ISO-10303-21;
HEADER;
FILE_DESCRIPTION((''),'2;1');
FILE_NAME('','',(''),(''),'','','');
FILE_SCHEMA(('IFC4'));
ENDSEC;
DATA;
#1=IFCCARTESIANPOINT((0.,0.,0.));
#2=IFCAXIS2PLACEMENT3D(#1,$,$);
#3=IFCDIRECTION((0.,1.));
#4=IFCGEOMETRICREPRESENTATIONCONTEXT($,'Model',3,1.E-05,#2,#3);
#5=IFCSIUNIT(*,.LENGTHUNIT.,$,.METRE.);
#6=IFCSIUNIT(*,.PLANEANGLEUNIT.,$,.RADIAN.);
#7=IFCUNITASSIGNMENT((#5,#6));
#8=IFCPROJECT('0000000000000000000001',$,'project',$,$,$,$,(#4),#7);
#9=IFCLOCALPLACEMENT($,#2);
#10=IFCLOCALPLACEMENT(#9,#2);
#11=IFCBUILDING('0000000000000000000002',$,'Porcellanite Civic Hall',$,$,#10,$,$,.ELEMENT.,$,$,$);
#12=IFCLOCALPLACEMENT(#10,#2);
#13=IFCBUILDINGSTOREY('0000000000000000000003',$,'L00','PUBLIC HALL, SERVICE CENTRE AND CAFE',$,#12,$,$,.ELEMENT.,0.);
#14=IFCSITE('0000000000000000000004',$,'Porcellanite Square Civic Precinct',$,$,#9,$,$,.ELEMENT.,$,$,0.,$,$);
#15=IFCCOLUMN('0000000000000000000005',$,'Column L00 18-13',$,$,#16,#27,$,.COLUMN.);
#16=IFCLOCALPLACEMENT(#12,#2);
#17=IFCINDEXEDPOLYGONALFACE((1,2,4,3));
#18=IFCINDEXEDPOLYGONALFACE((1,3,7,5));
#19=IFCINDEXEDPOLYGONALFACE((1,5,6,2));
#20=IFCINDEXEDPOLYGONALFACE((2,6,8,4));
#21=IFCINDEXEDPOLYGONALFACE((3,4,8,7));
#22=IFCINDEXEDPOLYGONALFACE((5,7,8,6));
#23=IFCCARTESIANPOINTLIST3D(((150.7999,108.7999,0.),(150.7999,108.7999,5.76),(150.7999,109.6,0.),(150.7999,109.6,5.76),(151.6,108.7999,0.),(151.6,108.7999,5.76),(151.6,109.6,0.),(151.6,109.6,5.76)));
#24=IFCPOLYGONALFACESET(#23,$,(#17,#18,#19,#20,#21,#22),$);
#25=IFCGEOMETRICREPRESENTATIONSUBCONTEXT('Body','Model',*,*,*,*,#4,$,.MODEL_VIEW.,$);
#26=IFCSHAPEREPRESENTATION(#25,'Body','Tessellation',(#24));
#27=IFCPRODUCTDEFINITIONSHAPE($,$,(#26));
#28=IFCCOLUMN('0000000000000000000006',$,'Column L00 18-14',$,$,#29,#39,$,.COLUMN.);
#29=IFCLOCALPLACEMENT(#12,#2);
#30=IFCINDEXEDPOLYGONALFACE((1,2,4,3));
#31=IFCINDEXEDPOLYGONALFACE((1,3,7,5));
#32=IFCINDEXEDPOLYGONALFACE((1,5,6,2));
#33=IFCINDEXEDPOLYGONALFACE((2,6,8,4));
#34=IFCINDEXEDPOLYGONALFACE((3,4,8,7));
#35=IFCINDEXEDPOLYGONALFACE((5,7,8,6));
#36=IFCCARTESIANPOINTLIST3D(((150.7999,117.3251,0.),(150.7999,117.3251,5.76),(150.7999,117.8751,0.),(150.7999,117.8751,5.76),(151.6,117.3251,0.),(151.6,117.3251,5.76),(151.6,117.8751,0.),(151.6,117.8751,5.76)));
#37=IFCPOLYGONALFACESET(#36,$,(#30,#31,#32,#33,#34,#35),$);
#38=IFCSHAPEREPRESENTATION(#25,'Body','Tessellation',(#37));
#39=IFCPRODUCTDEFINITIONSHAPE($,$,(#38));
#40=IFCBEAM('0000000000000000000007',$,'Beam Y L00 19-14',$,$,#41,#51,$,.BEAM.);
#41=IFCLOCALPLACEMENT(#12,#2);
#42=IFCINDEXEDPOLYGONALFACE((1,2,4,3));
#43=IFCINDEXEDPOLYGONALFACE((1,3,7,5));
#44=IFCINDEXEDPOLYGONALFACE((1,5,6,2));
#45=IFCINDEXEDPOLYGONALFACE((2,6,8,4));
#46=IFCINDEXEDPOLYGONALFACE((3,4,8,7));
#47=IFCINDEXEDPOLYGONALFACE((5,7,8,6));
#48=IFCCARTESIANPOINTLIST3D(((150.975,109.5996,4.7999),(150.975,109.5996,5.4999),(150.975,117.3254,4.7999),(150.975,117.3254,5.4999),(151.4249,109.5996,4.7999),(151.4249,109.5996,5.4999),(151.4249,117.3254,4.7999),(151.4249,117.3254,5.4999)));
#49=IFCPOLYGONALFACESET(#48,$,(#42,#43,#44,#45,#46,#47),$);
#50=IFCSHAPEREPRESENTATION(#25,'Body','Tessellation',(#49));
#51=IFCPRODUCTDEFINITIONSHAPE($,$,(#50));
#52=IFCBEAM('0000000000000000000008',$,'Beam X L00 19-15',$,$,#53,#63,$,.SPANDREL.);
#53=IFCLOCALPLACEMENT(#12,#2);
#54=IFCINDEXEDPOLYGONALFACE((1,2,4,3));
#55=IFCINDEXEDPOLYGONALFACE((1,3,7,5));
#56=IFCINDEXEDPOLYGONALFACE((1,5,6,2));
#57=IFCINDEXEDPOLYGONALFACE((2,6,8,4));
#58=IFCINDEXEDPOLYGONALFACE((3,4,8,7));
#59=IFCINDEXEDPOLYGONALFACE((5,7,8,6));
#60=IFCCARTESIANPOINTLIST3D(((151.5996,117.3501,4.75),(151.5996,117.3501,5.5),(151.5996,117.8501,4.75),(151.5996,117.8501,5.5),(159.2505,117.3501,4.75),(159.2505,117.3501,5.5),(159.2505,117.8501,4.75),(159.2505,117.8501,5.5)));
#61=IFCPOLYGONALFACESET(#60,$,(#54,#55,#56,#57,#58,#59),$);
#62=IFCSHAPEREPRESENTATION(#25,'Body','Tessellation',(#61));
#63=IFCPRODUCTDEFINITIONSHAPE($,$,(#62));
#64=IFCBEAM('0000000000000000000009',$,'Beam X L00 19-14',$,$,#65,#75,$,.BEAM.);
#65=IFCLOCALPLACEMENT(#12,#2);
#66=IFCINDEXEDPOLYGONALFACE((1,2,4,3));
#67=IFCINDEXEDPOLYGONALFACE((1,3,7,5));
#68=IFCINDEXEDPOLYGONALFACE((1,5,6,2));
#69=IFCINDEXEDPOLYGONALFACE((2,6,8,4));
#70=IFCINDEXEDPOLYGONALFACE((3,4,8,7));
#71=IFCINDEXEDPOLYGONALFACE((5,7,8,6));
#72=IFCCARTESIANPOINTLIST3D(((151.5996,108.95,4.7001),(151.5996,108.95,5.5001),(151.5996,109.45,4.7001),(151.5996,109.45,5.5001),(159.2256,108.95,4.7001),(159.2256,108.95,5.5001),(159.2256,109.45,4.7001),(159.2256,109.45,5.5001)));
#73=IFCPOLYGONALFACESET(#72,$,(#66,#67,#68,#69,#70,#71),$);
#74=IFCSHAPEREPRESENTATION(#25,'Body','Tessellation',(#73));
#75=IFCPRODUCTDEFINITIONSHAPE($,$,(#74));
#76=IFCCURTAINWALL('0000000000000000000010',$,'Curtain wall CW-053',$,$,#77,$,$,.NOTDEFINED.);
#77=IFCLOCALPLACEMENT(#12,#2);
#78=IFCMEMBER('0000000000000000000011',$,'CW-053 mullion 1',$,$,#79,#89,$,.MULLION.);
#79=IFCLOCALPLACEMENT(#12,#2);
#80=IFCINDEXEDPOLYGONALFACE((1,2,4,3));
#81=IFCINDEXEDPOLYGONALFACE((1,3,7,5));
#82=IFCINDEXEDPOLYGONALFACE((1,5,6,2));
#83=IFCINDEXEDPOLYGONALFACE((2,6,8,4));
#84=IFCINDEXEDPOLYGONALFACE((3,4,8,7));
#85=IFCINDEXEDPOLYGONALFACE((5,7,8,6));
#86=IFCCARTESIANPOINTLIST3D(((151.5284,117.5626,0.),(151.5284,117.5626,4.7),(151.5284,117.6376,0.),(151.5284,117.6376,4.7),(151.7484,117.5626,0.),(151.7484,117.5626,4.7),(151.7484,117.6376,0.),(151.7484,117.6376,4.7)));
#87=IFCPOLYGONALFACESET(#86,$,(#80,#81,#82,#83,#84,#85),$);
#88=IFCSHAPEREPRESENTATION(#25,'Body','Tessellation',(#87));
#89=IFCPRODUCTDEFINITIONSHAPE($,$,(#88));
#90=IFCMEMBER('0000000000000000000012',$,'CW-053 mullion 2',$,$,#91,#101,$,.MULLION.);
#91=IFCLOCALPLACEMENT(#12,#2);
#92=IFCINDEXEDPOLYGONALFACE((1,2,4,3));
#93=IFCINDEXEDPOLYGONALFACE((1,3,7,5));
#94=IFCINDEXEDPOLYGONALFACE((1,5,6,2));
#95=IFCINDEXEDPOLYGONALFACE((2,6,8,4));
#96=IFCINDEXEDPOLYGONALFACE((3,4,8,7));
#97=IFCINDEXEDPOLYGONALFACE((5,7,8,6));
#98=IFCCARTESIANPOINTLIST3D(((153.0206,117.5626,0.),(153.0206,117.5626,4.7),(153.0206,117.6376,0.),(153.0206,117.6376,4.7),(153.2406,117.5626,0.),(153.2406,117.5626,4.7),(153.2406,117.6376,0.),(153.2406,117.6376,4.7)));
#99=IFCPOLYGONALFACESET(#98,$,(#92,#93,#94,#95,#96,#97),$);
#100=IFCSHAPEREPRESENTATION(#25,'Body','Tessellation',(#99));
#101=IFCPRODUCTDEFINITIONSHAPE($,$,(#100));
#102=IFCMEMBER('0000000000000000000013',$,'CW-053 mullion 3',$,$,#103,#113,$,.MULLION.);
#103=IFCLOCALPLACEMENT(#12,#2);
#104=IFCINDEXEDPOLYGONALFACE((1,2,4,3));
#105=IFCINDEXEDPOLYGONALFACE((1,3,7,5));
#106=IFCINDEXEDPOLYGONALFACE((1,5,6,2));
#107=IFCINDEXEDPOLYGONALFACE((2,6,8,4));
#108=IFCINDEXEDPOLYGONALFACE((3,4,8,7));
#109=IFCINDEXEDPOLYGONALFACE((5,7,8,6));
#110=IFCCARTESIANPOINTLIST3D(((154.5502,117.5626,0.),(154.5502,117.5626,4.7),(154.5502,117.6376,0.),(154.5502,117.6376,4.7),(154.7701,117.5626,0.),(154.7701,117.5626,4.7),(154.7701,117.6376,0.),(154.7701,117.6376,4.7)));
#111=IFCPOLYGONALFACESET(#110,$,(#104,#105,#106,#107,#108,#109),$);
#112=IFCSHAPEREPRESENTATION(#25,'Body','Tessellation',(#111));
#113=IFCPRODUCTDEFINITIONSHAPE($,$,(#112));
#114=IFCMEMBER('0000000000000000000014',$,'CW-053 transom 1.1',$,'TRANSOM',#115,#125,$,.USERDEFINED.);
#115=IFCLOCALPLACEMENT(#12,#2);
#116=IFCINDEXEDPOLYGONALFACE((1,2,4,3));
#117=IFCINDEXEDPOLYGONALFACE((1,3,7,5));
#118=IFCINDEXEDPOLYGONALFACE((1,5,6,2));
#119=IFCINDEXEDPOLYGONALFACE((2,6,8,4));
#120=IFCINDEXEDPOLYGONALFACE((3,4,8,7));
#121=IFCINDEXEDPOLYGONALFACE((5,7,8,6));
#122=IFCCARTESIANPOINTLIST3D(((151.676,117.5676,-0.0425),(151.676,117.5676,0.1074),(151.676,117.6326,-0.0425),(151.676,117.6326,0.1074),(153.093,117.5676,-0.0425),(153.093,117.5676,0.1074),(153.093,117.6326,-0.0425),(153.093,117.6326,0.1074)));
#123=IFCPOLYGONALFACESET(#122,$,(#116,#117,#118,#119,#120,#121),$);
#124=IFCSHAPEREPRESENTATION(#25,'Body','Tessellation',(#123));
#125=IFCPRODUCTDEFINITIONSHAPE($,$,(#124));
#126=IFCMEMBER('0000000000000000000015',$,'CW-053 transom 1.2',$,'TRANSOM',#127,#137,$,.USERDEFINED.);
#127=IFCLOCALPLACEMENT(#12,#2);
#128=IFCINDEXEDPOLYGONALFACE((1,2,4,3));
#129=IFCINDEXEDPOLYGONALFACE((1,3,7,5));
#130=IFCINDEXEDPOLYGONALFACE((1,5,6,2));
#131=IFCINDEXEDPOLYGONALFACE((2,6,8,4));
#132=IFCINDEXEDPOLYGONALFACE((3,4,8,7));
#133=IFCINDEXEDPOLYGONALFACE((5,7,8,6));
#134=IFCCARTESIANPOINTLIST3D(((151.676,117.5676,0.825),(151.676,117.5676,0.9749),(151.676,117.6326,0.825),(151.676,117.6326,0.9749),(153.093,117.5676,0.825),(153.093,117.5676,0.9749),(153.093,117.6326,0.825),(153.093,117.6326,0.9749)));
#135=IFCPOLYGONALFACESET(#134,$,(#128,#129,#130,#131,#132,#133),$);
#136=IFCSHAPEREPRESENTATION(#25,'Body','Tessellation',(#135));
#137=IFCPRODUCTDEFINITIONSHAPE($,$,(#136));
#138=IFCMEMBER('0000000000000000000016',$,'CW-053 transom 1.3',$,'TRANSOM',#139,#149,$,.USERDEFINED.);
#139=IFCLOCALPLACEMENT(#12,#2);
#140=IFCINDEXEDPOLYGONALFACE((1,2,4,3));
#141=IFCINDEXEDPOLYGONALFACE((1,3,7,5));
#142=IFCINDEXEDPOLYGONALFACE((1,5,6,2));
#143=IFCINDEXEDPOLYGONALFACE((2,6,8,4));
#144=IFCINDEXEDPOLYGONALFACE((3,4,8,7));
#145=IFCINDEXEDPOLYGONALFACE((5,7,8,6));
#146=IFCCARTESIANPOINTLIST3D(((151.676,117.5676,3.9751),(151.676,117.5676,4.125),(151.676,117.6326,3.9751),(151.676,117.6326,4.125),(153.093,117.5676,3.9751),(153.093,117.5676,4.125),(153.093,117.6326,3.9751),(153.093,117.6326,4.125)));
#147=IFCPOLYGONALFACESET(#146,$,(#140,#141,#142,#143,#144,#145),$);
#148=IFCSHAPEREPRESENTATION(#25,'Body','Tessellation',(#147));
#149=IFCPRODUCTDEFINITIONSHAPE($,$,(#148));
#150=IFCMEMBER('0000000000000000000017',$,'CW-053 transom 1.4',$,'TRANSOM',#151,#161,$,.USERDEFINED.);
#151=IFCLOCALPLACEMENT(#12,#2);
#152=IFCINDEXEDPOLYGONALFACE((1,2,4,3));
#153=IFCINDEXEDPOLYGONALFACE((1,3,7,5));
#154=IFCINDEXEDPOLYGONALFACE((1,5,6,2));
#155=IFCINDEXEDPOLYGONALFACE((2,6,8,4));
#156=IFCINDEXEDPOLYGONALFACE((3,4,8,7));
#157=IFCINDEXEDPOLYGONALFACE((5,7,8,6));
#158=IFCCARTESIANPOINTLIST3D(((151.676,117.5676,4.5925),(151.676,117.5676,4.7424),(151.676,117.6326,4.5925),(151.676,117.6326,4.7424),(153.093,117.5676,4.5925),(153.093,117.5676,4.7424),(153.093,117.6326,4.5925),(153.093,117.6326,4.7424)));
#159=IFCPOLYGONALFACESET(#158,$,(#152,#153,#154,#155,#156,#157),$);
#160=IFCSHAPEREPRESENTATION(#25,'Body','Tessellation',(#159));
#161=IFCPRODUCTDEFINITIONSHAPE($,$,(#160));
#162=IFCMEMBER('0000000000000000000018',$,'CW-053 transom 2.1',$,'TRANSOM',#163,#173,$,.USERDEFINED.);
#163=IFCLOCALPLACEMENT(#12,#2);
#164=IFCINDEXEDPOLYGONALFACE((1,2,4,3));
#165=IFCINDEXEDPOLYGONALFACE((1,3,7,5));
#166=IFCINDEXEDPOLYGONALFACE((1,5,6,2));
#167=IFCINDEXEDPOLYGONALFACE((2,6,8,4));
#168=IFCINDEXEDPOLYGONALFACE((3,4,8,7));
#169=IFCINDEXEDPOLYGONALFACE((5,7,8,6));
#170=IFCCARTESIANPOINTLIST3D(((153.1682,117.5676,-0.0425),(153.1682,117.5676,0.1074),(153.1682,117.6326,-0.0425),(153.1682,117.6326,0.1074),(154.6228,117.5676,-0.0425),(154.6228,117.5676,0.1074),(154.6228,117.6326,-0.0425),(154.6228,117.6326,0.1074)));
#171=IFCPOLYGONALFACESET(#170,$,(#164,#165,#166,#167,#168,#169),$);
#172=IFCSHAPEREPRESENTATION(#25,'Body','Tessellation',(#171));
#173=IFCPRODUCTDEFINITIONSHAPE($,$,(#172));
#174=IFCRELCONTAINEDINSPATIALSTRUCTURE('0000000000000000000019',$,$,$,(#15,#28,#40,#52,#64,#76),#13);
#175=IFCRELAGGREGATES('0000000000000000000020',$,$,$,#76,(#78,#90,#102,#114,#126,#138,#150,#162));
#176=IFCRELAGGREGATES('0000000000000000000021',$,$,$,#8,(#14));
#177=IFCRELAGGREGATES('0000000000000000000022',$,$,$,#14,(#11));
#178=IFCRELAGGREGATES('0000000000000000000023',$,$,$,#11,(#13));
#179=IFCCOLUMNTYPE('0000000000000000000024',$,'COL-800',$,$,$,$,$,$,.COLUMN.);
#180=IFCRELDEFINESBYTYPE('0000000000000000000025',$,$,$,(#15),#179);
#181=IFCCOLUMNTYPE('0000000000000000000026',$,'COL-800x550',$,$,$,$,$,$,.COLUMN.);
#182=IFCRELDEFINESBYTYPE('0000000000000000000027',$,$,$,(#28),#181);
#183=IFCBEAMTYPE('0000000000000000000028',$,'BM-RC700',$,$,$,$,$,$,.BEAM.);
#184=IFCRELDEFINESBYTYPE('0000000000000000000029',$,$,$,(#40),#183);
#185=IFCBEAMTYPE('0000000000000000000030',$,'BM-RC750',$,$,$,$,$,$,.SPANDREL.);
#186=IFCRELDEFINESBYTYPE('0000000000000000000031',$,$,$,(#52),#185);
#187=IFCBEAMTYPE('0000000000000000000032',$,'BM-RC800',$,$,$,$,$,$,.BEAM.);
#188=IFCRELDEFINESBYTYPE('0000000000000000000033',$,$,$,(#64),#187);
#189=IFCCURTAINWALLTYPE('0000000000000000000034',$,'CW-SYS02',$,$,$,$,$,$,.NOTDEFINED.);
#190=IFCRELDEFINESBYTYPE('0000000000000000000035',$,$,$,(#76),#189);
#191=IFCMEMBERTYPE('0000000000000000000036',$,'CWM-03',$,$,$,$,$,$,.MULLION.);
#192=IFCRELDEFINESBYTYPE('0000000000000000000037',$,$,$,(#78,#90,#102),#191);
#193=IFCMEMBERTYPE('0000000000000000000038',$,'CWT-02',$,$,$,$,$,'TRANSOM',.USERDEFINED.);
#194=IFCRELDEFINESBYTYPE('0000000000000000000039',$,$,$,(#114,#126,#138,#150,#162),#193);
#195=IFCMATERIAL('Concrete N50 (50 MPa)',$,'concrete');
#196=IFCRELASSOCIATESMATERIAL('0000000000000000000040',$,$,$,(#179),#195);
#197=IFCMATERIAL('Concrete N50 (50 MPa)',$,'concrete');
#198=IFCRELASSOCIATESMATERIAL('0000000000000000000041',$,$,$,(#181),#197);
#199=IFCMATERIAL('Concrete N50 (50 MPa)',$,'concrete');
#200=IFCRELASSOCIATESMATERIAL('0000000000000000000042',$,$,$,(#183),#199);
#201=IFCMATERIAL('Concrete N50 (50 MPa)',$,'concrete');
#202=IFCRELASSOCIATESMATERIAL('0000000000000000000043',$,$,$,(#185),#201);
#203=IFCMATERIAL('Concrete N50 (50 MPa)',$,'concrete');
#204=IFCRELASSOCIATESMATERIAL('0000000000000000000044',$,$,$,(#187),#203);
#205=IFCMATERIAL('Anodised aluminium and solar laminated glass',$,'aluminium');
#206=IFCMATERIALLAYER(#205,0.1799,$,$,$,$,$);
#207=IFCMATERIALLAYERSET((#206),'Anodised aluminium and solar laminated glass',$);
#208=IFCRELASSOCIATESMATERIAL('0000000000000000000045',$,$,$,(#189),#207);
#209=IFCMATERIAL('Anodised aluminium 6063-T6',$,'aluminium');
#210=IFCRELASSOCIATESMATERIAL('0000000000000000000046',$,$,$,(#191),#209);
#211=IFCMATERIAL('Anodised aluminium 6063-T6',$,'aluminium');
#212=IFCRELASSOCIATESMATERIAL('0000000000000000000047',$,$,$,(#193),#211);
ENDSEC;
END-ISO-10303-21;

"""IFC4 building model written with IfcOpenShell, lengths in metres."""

from ifc_helpers import new_model, si_unit, direction, frame, origin, origin_2d, place, context, subcontext, project, spatial, rectangle, extrude, material, layer, layer_set, material_profile, profile_set, type_object, element, aggregate, save


model = new_model("IFC4")

# Units and contexts
model_context = context("Model", 3, precision=1e-05, world=origin(), true_north=direction((0.0, 1.0)))
body_context = subcontext(model_context, "Body", "Model", "MODEL_VIEW")
ifc_project = project(units=[si_unit("LENGTHUNIT", "METRE"), si_unit("PLANEANGLEUNIT", "RADIAN")], contexts=[model_context])

# Site, building, storey
site_placement = place(None, origin())
site = spatial("IfcSite", under=ifc_project, at=site_placement, Name="Porcellanite Square Civic Precinct", CompositionType="ELEMENT", RefElevation=0.0)
building_placement = place(site_placement, origin())
building = spatial("IfcBuilding", under=site, at=building_placement, Name="Porcellanite Civic Hall", CompositionType="ELEMENT")
storey_placement = place(building_placement, origin())
storey = spatial("IfcBuildingStorey", under=building, at=storey_placement, Name="L00", Description="PUBLIC HALL, SERVICE CENTRE AND CAFE", CompositionType="ELEMENT", Elevation=0.0)

# Columns
ifc_material_1 = material(Name="Concrete N50 (50 MPa)", Category="concrete")
ifc_material_profile_1 = material_profile(ifc_material_1, rectangle(XDim=0.8, YDim=0.8, at=origin_2d()), Name="RC-800x800")
ifc_profile_set_1 = profile_set([ifc_material_profile_1], Name="Concrete N50 (50 MPa)")
column_type_1 = type_object("IfcColumnType", Name="COL-800", PredefinedType="COLUMN", material=ifc_profile_set_1)
column_1_placement = place(storey_placement, frame((151.2, 109.2, 0.0), z_axis=(0.0, 0.0, 1.0), x_axis=(1.0, 0.0, 0.0)))
element("IfcColumn", 1, at=column_1_placement, inside=storey, type_object=column_type_1, Name="Column L00 18-13", PredefinedType="COLUMN", context=body_context, shape_type="SweptSolid", body=[
    extrude(rectangle(XDim=0.8, YDim=0.8, at=origin_2d()), origin(), (0.0, 0.0, 1.0), 5.76),
])
ifc_material_2 = material(Name="Concrete N50 (50 MPa)", Category="concrete")
ifc_material_profile_2 = material_profile(ifc_material_2, rectangle(XDim=0.8, YDim=0.55, at=origin_2d()), Name="RC-800x550")
ifc_profile_set_2 = profile_set([ifc_material_profile_2], Name="Concrete N50 (50 MPa)")
column_type_2 = type_object("IfcColumnType", Name="COL-800x550", PredefinedType="COLUMN", material=ifc_profile_set_2)
column_2_placement = place(storey_placement, frame((151.2, 117.6001, 0.0), z_axis=(0.0, 0.0, 1.0), x_axis=(1.0, 0.0, 0.0)))
element("IfcColumn", 2, at=column_2_placement, inside=storey, type_object=column_type_2, Name="Column L00 18-14", PredefinedType="COLUMN", context=body_context, shape_type="SweptSolid", body=[
    extrude(rectangle(XDim=0.8, YDim=0.55, at=origin_2d()), origin(), (0.0, 0.0, 1.0), 5.76),
])

# Beams
ifc_material_3 = material(Name="Concrete N50 (50 MPa)", Category="concrete")
ifc_material_profile_3 = material_profile(ifc_material_3, rectangle(XDim=0.45, YDim=0.7, at=origin_2d()), Name="RC-450x700")
ifc_profile_set_3 = profile_set([ifc_material_profile_3], Name="Concrete N50 (50 MPa)")
beam_type_1 = type_object("IfcBeamType", Name="BM-RC700", PredefinedType="BEAM", material=ifc_profile_set_3)
beam_1_placement = place(storey_placement, frame((151.2, 109.5996, 5.1499), z_axis=(0.0, 1.0, 0.0), x_axis=(-1.0, 0.0, 0.0)))
element("IfcBeam", 3, at=beam_1_placement, inside=storey, type_object=beam_type_1, Name="Beam Y L00 19-14", PredefinedType="BEAM", context=body_context, shape_type="SweptSolid", body=[
    extrude(rectangle(XDim=0.45, YDim=0.7, at=origin_2d()), origin(), (0.0, 0.0, 1.0), 7.7258),
])
ifc_material_4 = material(Name="Concrete N50 (50 MPa)", Category="concrete")
ifc_material_profile_4 = material_profile(ifc_material_4, rectangle(XDim=0.5, YDim=0.75, at=origin_2d()), Name="RC-500x750")
ifc_profile_set_4 = profile_set([ifc_material_profile_4], Name="Concrete N50 (50 MPa)")
beam_type_2 = type_object("IfcBeamType", Name="BM-RC750", PredefinedType="SPANDREL", material=ifc_profile_set_4)
beam_2_placement = place(storey_placement, frame((151.5996, 117.6001, 5.125), z_axis=(1.0, 0.0, 0.0), x_axis=(0.0, 1.0, 0.0)))
element("IfcBeam", 4, at=beam_2_placement, inside=storey, type_object=beam_type_2, Name="Beam X L00 19-15", PredefinedType="SPANDREL", context=body_context, shape_type="SweptSolid", body=[
    extrude(rectangle(XDim=0.5, YDim=0.75, at=origin_2d()), origin(), (0.0, 0.0, 1.0), 7.6509),
])
ifc_material_5 = material(Name="Concrete N50 (50 MPa)", Category="concrete")
ifc_material_profile_5 = material_profile(ifc_material_5, rectangle(XDim=0.5, YDim=0.8, at=origin_2d()), Name="RC-500x800")
ifc_profile_set_5 = profile_set([ifc_material_profile_5], Name="Concrete N50 (50 MPa)")
beam_type_3 = type_object("IfcBeamType", Name="BM-RC800", PredefinedType="BEAM", material=ifc_profile_set_5)
beam_3_placement = place(storey_placement, frame((151.5996, 109.2, 5.1001), z_axis=(1.0, 0.0, 0.0), x_axis=(0.0, 1.0, 0.0)))
element("IfcBeam", 5, at=beam_3_placement, inside=storey, type_object=beam_type_3, Name="Beam X L00 19-14", PredefinedType="BEAM", context=body_context, shape_type="SweptSolid", body=[
    extrude(rectangle(XDim=0.5, YDim=0.8, at=origin_2d()), origin(), (0.0, 0.0, 1.0), 7.626),
])

# Curtain wall, members
ifc_material_6 = material(Name="Anodised aluminium and solar laminated glass", Category="aluminium")
ifc_layer_1 = layer(ifc_material_6, 0.1799)
ifc_layer_set_1 = layer_set([ifc_layer_1], Name="Anodised aluminium and solar laminated glass")
curtain_wall_type = type_object("IfcCurtainWallType", Name="CW-SYS02", PredefinedType="NOTDEFINED", material=ifc_layer_set_1)
curtain_wall_placement = place(storey_placement, origin())
curtain_wall = element("IfcCurtainWall", 6, at=curtain_wall_placement, inside=storey, type_object=curtain_wall_type, Name="Curtain wall CW-053", PredefinedType="NOTDEFINED")
ifc_material_7 = material(Name="Anodised aluminium 6063-T6", Category="aluminium")
ifc_material_profile_6 = material_profile(ifc_material_7, rectangle(XDim=0.075, YDim=0.22, at=origin_2d()), Name="AL-75x220")
ifc_profile_set_6 = profile_set([ifc_material_profile_6], Name="Anodised aluminium 6063-T6")
member_type_1 = type_object("IfcMemberType", Name="CWM-03", PredefinedType="MULLION", material=ifc_profile_set_6)
member_1_placement = place(storey_placement, frame((151.6384, 117.6001, 0.0), z_axis=(0.0, 0.0, 1.0), x_axis=(0.0, 1.0, 0.0)))
member_1 = element("IfcMember", 7, at=member_1_placement, type_object=member_type_1, Name="CW-053 mullion 1", PredefinedType="MULLION", context=body_context, shape_type="SweptSolid", body=[
    extrude(rectangle(XDim=0.075, YDim=0.22, at=origin_2d()), origin(), (0.0, 0.0, 1.0), 4.7),
])
member_2_placement = place(storey_placement, frame((153.1306, 117.6001, 0.0), z_axis=(0.0, 0.0, 1.0), x_axis=(0.0, 1.0, 0.0)))
member_2 = element("IfcMember", 8, at=member_2_placement, type_object=member_type_1, Name="CW-053 mullion 2", PredefinedType="MULLION", context=body_context, shape_type="SweptSolid", body=[
    extrude(rectangle(XDim=0.075, YDim=0.22, at=origin_2d()), origin(), (0.0, 0.0, 1.0), 4.7),
])
member_3_placement = place(storey_placement, frame((154.6602, 117.6001, 0.0), z_axis=(0.0, 0.0, 1.0), x_axis=(0.0, 1.0, 0.0)))
member_3 = element("IfcMember", 9, at=member_3_placement, type_object=member_type_1, Name="CW-053 mullion 3", PredefinedType="MULLION", context=body_context, shape_type="SweptSolid", body=[
    extrude(rectangle(XDim=0.075, YDim=0.22, at=origin_2d()), origin(), (0.0, 0.0, 1.0), 4.7),
])
ifc_material_8 = material(Name="Anodised aluminium 6063-T6", Category="aluminium")
ifc_material_profile_7 = material_profile(ifc_material_8, rectangle(XDim=0.0649, YDim=0.1499, at=origin_2d()), Name="AL-65x150")
ifc_profile_set_7 = profile_set([ifc_material_profile_7], Name="Anodised aluminium 6063-T6")
member_type_2 = type_object("IfcMemberType", Name="CWT-02", ElementType="TRANSOM", PredefinedType="USERDEFINED", material=ifc_profile_set_7)
member_4_placement = place(storey_placement, frame((151.676, 117.6001, 0.0325), z_axis=(1.0, 0.0, 0.0), x_axis=(0.0, 1.0, 0.0)))
member_4 = element("IfcMember", 10, at=member_4_placement, type_object=member_type_2, Name="CW-053 transom 1.1", ObjectType="TRANSOM", PredefinedType="USERDEFINED", context=body_context, shape_type="SweptSolid", body=[
    extrude(rectangle(XDim=0.0649, YDim=0.1499, at=origin_2d()), origin(), (0.0, 0.0, 1.0), 1.417),
])
member_5_placement = place(storey_placement, frame((151.676, 117.6001, 0.8999), z_axis=(1.0, 0.0, 0.0), x_axis=(0.0, 1.0, 0.0)))
member_5 = element("IfcMember", 11, at=member_5_placement, type_object=member_type_2, Name="CW-053 transom 1.2", ObjectType="TRANSOM", PredefinedType="USERDEFINED", context=body_context, shape_type="SweptSolid", body=[
    extrude(rectangle(XDim=0.0649, YDim=0.1499, at=origin_2d()), origin(), (0.0, 0.0, 1.0), 1.417),
])
member_6_placement = place(storey_placement, frame((151.676, 117.6001, 4.05), z_axis=(1.0, 0.0, 0.0), x_axis=(0.0, 1.0, 0.0)))
member_6 = element("IfcMember", 12, at=member_6_placement, type_object=member_type_2, Name="CW-053 transom 1.3", ObjectType="TRANSOM", PredefinedType="USERDEFINED", context=body_context, shape_type="SweptSolid", body=[
    extrude(rectangle(XDim=0.0649, YDim=0.1499, at=origin_2d()), origin(), (0.0, 0.0, 1.0), 1.417),
])
member_7_placement = place(storey_placement, frame((151.676, 117.6001, 4.6675), z_axis=(1.0, 0.0, 0.0), x_axis=(0.0, 1.0, 0.0)))
member_7 = element("IfcMember", 13, at=member_7_placement, type_object=member_type_2, Name="CW-053 transom 1.4", ObjectType="TRANSOM", PredefinedType="USERDEFINED", context=body_context, shape_type="SweptSolid", body=[
    extrude(rectangle(XDim=0.0649, YDim=0.1499, at=origin_2d()), origin(), (0.0, 0.0, 1.0), 1.417),
])
member_8_placement = place(storey_placement, frame((153.1682, 117.6001, 0.0325), z_axis=(1.0, 0.0, 0.0), x_axis=(0.0, 1.0, 0.0)))
member_8 = element("IfcMember", 14, at=member_8_placement, type_object=member_type_2, Name="CW-053 transom 2.1", ObjectType="TRANSOM", PredefinedType="USERDEFINED", context=body_context, shape_type="SweptSolid", body=[
    extrude(rectangle(XDim=0.0649, YDim=0.1499, at=origin_2d()), origin(), (0.0, 0.0, 1.0), 1.4546),
])

aggregate(curtain_wall, [member_1, member_2, member_3, member_4, member_5, member_6, member_7, member_8])

save(model, "model.ifc")
